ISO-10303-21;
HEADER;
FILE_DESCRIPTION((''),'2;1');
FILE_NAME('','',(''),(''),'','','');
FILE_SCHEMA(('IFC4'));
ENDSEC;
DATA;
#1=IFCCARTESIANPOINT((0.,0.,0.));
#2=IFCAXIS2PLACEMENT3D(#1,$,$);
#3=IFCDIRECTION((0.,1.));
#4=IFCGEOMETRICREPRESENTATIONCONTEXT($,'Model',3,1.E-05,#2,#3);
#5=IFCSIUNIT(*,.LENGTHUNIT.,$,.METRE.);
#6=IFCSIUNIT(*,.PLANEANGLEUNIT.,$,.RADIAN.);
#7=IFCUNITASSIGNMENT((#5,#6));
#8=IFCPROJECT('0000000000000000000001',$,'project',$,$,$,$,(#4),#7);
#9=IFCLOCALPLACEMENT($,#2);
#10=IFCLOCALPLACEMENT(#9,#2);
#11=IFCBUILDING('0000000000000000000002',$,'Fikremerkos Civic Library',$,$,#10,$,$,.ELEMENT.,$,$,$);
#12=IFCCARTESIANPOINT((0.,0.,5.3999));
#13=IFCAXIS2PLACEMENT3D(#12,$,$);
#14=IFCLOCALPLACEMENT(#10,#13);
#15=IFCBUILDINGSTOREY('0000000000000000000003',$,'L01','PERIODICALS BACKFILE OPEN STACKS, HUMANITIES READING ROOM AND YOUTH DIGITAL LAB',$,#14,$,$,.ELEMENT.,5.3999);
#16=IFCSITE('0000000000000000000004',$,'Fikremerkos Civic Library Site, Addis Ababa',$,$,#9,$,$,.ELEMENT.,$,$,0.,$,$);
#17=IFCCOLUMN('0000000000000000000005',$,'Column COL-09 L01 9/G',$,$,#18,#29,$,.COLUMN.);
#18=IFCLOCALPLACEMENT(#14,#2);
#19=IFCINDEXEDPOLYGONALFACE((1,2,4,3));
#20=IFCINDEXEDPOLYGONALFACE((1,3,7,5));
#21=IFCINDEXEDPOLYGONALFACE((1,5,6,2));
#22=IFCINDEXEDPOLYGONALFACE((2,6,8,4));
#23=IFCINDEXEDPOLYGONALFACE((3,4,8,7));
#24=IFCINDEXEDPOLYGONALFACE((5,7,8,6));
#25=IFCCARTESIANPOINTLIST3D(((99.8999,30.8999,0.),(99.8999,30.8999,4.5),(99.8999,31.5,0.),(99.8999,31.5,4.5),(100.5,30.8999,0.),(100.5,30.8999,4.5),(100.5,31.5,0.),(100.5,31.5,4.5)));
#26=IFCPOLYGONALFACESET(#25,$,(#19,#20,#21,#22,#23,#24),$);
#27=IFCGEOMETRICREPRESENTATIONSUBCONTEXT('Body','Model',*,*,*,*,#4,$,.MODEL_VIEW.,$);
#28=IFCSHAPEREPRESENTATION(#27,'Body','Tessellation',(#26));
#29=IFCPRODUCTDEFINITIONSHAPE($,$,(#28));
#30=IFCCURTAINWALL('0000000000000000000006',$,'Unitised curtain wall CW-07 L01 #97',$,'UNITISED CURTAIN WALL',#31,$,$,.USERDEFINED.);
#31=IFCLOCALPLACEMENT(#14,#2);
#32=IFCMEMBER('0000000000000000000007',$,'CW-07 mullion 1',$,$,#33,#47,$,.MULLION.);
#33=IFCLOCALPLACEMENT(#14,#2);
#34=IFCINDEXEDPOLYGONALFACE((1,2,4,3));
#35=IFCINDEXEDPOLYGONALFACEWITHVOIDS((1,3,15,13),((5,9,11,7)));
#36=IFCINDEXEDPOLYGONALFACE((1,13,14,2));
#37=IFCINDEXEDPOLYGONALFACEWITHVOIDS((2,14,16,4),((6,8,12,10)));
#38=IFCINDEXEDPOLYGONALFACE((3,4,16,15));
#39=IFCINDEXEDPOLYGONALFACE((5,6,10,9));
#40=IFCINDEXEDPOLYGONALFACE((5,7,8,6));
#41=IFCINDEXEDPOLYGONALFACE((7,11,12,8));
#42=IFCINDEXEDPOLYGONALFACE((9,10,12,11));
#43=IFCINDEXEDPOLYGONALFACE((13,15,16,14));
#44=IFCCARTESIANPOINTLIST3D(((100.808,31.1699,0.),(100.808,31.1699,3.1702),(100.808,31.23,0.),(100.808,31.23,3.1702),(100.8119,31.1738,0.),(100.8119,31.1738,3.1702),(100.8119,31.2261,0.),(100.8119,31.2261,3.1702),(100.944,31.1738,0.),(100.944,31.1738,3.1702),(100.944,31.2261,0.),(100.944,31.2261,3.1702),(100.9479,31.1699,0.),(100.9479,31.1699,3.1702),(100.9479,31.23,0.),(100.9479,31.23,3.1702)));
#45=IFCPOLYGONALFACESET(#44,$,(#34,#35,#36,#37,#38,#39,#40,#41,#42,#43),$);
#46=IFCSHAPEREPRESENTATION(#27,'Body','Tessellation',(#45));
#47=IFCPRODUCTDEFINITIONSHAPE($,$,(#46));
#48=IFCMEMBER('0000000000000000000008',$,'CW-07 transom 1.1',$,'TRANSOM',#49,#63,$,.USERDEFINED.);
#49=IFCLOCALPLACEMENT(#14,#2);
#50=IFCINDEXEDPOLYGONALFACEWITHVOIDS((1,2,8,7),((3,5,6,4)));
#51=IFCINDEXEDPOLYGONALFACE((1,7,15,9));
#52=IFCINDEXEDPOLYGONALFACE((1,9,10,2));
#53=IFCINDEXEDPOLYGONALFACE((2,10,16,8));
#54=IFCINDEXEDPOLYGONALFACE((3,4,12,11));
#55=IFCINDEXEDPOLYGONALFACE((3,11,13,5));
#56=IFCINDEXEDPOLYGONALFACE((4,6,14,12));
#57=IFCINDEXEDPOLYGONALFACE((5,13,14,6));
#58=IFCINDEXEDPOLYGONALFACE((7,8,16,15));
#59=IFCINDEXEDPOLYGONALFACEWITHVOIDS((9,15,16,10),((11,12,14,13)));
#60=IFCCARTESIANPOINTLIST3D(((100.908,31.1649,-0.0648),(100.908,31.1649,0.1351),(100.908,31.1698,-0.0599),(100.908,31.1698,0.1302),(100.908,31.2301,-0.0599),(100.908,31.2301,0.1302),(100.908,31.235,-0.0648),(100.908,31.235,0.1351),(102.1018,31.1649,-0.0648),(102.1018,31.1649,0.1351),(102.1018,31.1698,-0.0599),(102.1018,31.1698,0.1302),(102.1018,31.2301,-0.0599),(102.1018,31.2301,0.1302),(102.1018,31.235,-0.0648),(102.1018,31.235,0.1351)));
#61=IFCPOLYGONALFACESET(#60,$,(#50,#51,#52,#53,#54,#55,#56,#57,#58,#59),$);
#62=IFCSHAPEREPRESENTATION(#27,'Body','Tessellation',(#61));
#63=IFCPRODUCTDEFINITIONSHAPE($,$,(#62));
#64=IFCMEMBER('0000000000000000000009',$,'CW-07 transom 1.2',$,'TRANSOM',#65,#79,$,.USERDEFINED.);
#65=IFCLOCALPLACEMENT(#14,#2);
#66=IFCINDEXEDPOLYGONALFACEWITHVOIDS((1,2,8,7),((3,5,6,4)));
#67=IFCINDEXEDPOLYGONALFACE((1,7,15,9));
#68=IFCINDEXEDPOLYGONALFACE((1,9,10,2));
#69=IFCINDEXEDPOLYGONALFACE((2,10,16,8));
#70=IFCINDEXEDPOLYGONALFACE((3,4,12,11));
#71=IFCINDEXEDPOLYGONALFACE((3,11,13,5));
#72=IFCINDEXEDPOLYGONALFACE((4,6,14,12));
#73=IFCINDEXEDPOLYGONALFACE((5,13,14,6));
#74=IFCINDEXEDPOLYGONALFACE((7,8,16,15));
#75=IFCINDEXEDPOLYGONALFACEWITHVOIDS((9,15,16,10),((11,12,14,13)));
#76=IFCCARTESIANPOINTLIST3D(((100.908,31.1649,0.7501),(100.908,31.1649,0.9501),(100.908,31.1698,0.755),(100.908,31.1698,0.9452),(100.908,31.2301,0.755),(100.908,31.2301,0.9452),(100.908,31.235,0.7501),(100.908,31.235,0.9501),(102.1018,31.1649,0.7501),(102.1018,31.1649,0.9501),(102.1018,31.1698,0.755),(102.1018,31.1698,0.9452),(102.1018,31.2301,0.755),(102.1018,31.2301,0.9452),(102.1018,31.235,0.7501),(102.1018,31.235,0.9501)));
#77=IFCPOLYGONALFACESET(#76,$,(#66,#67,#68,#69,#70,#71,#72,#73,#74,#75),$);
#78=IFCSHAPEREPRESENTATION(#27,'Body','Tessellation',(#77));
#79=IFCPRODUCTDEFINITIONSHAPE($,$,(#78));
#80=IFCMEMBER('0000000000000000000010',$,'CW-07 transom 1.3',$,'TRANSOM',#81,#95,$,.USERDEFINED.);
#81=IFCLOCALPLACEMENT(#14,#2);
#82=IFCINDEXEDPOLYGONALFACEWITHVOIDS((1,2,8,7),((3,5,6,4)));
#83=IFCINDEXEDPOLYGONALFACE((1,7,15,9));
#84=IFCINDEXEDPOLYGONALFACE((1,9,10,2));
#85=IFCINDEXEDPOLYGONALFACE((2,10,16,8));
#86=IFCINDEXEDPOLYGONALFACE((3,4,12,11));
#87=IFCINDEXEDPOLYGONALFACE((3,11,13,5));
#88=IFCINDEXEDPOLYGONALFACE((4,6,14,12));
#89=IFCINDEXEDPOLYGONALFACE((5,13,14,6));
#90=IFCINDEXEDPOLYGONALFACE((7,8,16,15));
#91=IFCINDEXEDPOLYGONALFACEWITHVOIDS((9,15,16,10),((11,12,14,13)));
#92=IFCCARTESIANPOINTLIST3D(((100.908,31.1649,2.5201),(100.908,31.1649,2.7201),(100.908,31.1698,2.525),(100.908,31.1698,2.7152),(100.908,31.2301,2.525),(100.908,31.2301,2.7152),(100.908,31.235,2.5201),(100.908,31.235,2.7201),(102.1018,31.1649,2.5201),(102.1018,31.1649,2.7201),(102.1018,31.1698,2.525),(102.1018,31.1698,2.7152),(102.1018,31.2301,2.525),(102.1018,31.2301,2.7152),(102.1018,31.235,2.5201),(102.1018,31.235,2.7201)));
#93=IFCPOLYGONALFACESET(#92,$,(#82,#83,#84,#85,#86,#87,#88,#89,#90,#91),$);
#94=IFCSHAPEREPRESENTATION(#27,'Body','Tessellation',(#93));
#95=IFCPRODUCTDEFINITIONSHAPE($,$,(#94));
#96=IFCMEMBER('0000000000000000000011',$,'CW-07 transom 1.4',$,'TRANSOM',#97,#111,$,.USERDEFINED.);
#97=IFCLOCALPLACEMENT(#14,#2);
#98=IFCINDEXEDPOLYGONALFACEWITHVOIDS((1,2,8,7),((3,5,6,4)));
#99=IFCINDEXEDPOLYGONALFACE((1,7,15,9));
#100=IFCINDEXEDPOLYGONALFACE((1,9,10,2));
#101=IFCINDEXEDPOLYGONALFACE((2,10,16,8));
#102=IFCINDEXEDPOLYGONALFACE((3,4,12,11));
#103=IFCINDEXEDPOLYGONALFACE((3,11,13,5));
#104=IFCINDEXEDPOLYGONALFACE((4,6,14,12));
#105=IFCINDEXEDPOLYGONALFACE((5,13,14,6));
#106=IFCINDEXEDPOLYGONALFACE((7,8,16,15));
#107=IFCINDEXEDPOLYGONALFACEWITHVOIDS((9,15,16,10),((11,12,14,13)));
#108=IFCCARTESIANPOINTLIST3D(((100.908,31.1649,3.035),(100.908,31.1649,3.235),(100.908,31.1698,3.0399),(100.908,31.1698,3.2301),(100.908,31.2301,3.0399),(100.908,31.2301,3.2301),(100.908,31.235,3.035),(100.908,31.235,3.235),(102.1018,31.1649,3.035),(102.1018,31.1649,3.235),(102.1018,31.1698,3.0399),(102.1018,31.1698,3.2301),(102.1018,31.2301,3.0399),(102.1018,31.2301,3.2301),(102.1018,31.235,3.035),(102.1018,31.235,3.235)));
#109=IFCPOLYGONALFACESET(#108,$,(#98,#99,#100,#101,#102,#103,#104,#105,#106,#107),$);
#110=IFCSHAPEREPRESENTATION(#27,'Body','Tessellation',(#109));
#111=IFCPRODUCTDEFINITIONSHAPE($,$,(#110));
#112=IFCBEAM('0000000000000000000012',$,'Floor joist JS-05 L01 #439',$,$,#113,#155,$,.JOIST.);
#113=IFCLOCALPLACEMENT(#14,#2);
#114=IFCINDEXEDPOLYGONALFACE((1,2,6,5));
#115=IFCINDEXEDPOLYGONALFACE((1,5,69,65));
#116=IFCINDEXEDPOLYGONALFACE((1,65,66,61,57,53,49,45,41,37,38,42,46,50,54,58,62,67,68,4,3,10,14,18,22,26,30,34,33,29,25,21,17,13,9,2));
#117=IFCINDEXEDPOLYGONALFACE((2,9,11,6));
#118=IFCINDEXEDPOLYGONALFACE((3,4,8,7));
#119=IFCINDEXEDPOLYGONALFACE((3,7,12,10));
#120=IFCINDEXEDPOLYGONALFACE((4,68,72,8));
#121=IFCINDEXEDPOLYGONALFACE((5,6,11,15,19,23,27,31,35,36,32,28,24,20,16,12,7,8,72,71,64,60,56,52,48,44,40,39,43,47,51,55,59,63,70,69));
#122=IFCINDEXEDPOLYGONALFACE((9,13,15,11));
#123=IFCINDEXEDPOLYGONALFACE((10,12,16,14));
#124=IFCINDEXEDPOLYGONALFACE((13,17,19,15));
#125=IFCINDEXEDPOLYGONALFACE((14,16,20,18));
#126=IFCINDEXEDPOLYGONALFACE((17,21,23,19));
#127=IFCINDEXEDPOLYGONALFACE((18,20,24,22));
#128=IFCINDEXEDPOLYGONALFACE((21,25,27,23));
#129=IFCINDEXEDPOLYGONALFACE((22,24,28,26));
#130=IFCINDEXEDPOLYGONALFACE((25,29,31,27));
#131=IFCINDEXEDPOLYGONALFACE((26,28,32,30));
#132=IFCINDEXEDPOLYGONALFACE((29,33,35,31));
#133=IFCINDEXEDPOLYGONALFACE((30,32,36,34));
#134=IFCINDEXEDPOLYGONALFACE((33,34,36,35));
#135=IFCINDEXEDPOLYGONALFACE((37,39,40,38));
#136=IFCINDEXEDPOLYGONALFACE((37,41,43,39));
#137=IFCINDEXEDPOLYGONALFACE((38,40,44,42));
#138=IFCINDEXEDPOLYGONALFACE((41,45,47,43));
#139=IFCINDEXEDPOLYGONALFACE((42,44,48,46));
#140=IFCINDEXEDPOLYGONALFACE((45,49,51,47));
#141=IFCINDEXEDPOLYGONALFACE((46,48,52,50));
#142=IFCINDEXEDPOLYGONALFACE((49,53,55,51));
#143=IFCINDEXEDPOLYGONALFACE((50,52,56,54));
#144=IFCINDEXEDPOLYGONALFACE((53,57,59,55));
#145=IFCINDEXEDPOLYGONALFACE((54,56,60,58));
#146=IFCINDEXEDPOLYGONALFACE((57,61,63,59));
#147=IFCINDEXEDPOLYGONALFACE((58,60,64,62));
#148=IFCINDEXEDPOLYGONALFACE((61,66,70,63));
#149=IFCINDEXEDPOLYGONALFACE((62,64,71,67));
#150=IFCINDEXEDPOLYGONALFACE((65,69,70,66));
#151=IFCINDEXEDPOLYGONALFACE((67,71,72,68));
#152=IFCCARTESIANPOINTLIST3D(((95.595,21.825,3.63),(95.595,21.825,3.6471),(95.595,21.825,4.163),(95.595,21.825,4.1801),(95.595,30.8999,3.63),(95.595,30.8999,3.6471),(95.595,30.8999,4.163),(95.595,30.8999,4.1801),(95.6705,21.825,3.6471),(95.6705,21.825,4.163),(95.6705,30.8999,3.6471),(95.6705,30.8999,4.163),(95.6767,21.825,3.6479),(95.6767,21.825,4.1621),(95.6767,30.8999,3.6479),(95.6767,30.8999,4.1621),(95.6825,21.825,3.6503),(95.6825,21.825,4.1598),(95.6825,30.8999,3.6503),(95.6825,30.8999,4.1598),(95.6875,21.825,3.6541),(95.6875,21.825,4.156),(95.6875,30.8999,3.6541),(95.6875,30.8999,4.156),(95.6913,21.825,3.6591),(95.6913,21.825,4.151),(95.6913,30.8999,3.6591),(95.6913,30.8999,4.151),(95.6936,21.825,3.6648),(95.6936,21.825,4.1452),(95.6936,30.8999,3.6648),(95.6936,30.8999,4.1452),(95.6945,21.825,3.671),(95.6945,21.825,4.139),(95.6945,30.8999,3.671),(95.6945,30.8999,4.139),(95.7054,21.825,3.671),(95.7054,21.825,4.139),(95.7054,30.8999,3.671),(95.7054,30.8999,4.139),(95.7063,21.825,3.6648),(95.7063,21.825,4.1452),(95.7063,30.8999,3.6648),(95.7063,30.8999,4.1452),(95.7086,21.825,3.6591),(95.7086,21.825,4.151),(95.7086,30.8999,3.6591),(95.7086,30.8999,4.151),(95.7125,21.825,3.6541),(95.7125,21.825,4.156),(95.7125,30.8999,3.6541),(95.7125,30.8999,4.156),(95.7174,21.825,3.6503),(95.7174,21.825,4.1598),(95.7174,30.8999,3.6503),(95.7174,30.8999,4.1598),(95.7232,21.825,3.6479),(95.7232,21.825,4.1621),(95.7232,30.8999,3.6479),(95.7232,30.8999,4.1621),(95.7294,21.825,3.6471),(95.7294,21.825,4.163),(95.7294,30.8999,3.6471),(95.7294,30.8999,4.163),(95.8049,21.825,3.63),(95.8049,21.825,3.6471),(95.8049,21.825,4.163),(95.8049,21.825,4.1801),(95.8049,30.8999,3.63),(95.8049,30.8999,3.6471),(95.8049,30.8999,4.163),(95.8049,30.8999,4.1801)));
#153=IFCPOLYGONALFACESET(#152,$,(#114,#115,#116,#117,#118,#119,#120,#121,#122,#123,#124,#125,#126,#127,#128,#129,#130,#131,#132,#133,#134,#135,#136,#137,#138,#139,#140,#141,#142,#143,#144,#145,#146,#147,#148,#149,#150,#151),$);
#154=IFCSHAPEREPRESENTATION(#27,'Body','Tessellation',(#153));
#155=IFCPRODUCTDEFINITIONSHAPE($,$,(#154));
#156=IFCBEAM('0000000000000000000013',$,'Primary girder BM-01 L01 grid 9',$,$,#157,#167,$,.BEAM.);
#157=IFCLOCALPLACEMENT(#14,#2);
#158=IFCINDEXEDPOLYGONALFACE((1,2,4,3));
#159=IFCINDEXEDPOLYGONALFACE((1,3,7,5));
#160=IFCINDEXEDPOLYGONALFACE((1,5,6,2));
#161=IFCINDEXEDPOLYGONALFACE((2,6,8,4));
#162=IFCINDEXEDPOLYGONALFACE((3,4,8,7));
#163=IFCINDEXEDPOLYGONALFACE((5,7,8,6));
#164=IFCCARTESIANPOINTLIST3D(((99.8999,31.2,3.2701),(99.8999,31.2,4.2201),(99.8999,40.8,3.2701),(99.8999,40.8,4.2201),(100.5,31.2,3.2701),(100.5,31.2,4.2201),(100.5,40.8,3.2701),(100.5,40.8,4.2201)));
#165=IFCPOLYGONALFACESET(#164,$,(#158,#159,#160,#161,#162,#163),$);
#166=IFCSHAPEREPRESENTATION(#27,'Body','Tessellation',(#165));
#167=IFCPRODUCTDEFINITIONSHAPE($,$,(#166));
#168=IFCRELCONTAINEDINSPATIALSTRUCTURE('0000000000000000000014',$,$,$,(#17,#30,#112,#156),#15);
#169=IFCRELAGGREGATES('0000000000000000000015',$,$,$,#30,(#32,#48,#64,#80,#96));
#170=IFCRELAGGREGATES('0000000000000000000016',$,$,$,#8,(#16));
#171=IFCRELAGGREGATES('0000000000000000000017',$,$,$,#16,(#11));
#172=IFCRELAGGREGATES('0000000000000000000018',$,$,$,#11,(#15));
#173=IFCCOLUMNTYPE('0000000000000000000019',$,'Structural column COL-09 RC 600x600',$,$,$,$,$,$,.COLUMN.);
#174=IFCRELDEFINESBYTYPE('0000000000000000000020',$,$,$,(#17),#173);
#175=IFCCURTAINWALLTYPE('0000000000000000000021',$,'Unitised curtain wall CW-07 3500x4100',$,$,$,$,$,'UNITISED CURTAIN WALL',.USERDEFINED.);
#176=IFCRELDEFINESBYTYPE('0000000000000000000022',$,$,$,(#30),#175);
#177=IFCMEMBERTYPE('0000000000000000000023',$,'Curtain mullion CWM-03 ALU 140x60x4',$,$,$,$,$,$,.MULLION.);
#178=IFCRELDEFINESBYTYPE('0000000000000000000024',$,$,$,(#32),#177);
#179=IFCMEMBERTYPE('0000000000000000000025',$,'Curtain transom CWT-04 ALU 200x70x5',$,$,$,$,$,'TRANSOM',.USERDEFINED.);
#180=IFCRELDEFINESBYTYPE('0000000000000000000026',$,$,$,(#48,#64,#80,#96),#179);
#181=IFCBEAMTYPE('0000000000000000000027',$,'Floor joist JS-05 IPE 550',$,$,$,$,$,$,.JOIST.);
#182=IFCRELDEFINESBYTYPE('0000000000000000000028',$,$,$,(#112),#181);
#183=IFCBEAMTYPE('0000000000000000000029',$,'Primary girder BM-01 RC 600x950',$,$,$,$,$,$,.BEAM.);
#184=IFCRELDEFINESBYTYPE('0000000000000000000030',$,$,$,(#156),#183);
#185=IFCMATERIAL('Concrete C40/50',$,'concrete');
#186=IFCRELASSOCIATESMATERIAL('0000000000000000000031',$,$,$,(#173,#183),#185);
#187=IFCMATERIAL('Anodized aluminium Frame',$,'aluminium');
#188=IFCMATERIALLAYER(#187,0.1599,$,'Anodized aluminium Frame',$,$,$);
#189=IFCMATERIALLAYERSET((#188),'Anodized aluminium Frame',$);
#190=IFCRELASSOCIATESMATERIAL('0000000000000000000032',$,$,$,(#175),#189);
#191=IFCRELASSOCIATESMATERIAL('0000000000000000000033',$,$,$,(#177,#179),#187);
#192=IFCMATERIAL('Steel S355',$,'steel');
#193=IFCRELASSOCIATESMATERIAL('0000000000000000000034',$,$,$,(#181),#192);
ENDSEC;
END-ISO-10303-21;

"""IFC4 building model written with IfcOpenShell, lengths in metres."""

from ifc_helpers import new_model, si_unit, direction, frame, origin, origin_2d, place, context, subcontext, project, spatial, rectangle, hollow_rectangle, i_section, extrude, material, layer, layer_set, material_profile, profile_set, type_object, element, aggregate, save


model = new_model("IFC4")

# Units and contexts
model_context = context("Model", 3, precision=1e-05, world=origin(), true_north=direction((0.0, 1.0)))
body_context = subcontext(model_context, "Body", "Model", "MODEL_VIEW")
ifc_project = project(units=[si_unit("LENGTHUNIT", "METRE"), si_unit("PLANEANGLEUNIT", "RADIAN")], contexts=[model_context])

# Site, building, storey
site_placement = place(None, origin())
site = spatial("IfcSite", under=ifc_project, at=site_placement, Name="Fikremerkos Civic Library Site, Addis Ababa", CompositionType="ELEMENT", RefElevation=0.0)
building_placement = place(site_placement, origin())
building = spatial("IfcBuilding", under=site, at=building_placement, Name="Fikremerkos Civic Library", CompositionType="ELEMENT")
storey_placement = place(building_placement, frame((0.0, 0.0, 5.3999)))
storey = spatial("IfcBuildingStorey", under=building, at=storey_placement, Name="L01", Description="PERIODICALS BACKFILE OPEN STACKS, HUMANITIES READING ROOM AND YOUTH DIGITAL LAB", CompositionType="ELEMENT", Elevation=5.3999)

# Column
ifc_material_1 = material(Name="Concrete C40/50", Category="concrete")
ifc_material_profile_1 = material_profile(ifc_material_1, rectangle(XDim=0.6001, YDim=0.6001, at=origin_2d()), Name="RC 600x600")
ifc_profile_set_1 = profile_set([ifc_material_profile_1], Name="Concrete C40/50")
column_type = type_object("IfcColumnType", Name="Structural column COL-09 RC 600x600", PredefinedType="COLUMN", material=ifc_profile_set_1)
column_placement = place(storey_placement, frame((100.2, 31.2, 0.0), z_axis=(0.0, 0.0, 1.0), x_axis=(1.0, 0.0, 0.0)))
element("IfcColumn", 1, at=column_placement, inside=storey, type_object=column_type, Name="Column COL-09 L01 9/G", PredefinedType="COLUMN", context=body_context, shape_type="SweptSolid", body=[
    extrude(rectangle(XDim=0.6001, YDim=0.6001, at=origin_2d()), origin(), (0.0, 0.0, 1.0), 4.5),
])

# Curtain wall, members
ifc_material_2 = material(Name="Anodized aluminium Frame", Category="aluminium")
ifc_layer_1 = layer(ifc_material_2, 0.1599, Name="Anodized aluminium Frame")
ifc_layer_set_1 = layer_set([ifc_layer_1], Name="Anodized aluminium Frame")
curtain_wall_type = type_object("IfcCurtainWallType", Name="Unitised curtain wall CW-07 3500x4100", ElementType="UNITISED CURTAIN WALL", PredefinedType="USERDEFINED", material=ifc_layer_set_1)
curtain_wall_placement = place(storey_placement, origin())
curtain_wall = element("IfcCurtainWall", 2, at=curtain_wall_placement, inside=storey, type_object=curtain_wall_type, Name="Unitised curtain wall CW-07 L01 #97", ObjectType="UNITISED CURTAIN WALL", PredefinedType="USERDEFINED")
ifc_material_profile_2 = material_profile(ifc_material_2, hollow_rectangle(XDim=0.0601, YDim=0.1399, WallThickness=0.0039, at=origin_2d()), Name="ALU 140x60x4")
ifc_profile_set_2 = profile_set([ifc_material_profile_2], Name="Anodized aluminium Frame")
member_type_1 = type_object("IfcMemberType", Name="Curtain mullion CWM-03 ALU 140x60x4", PredefinedType="MULLION", material=ifc_profile_set_2)
member_1_placement = place(storey_placement, frame((100.8779, 31.2, 0.0), z_axis=(0.0, 0.0, 1.0), x_axis=(0.0, 1.0, 0.0)))
member_1 = element("IfcMember", 3, at=member_1_placement, type_object=member_type_1, Name="CW-07 mullion 1", PredefinedType="MULLION", context=body_context, shape_type="SweptSolid", body=[
    extrude(hollow_rectangle(XDim=0.0601, YDim=0.1399, WallThickness=0.0039, at=origin_2d()), origin(), (0.0, 0.0, 1.0), 3.1702),
])
ifc_material_profile_3 = material_profile(ifc_material_2, hollow_rectangle(XDim=0.0701, YDim=0.2, WallThickness=0.0049, at=origin_2d()), Name="ALU 200x70x5")
ifc_profile_set_3 = profile_set([ifc_material_profile_3], Name="Anodized aluminium Frame")
member_type_2 = type_object("IfcMemberType", Name="Curtain transom CWT-04 ALU 200x70x5", ElementType="TRANSOM", PredefinedType="USERDEFINED", material=ifc_profile_set_3)
member_2_placement = place(storey_placement, frame((100.908, 31.2, 0.0352), z_axis=(1.0, 0.0, 0.0), x_axis=(0.0, 1.0, 0.0)))
member_2 = element("IfcMember", 4, at=member_2_placement, type_object=member_type_2, Name="CW-07 transom 1.1", ObjectType="TRANSOM", PredefinedType="USERDEFINED", context=body_context, shape_type="SweptSolid", body=[
    extrude(hollow_rectangle(XDim=0.0701, YDim=0.2, WallThickness=0.0049, at=origin_2d()), origin(), (0.0, 0.0, 1.0), 1.1938),
])
member_3_placement = place(storey_placement, frame((100.908, 31.2, 0.8501), z_axis=(1.0, 0.0, 0.0), x_axis=(0.0, 1.0, 0.0)))
member_3 = element("IfcMember", 5, at=member_3_placement, type_object=member_type_2, Name="CW-07 transom 1.2", ObjectType="TRANSOM", PredefinedType="USERDEFINED", context=body_context, shape_type="SweptSolid", body=[
    extrude(hollow_rectangle(XDim=0.0701, YDim=0.2, WallThickness=0.0049, at=origin_2d()), origin(), (0.0, 0.0, 1.0), 1.1938),
])
member_4_placement = place(storey_placement, frame((100.908, 31.2, 2.6201), z_axis=(1.0, 0.0, 0.0), x_axis=(0.0, 1.0, 0.0)))
member_4 = element("IfcMember", 6, at=member_4_placement, type_object=member_type_2, Name="CW-07 transom 1.3", ObjectType="TRANSOM", PredefinedType="USERDEFINED", context=body_context, shape_type="SweptSolid", body=[
    extrude(hollow_rectangle(XDim=0.0701, YDim=0.2, WallThickness=0.0049, at=origin_2d()), origin(), (0.0, 0.0, 1.0), 1.1938),
])
member_5_placement = place(storey_placement, frame((100.908, 31.2, 3.135), z_axis=(1.0, 0.0, 0.0), x_axis=(0.0, 1.0, 0.0)))
member_5 = element("IfcMember", 7, at=member_5_placement, type_object=member_type_2, Name="CW-07 transom 1.4", ObjectType="TRANSOM", PredefinedType="USERDEFINED", context=body_context, shape_type="SweptSolid", body=[
    extrude(hollow_rectangle(XDim=0.0701, YDim=0.2, WallThickness=0.0049, at=origin_2d()), origin(), (0.0, 0.0, 1.0), 1.1938),
])
aggregate(curtain_wall, [member_1, member_2, member_3, member_4, member_5])

# Beams
ifc_material_3 = material(Name="Steel S355", Category="steel")
ifc_material_profile_4 = material_profile(ifc_material_3, i_section(OverallWidth=0.21, OverallDepth=0.55, WebThickness=0.011, FlangeThickness=0.0171, FilletRadius=0.0239, at=origin_2d()), Name="IPE 550")
ifc_profile_set_4 = profile_set([ifc_material_profile_4], Name="Steel S355")
beam_type_1 = type_object("IfcBeamType", Name="Floor joist JS-05 IPE 550", PredefinedType="JOIST", material=ifc_profile_set_4)
beam_1_placement = place(storey_placement, frame((95.7, 21.825, 3.905), z_axis=(0.0, 1.0, 0.0), x_axis=(-1.0, 0.0, 0.0)))
element("IfcBeam", 8, at=beam_1_placement, inside=storey, type_object=beam_type_1, Name="Floor joist JS-05 L01 #439", PredefinedType="JOIST", context=body_context, shape_type="SweptSolid", body=[
    extrude(i_section(OverallWidth=0.21, OverallDepth=0.55, WebThickness=0.011, FlangeThickness=0.0171, FilletRadius=0.0239, at=origin_2d()), origin(), (0.0, 0.0, 1.0), 9.075),
])
ifc_material_profile_5 = material_profile(ifc_material_1, rectangle(XDim=0.6001, YDim=0.95, at=origin_2d()), Name="RC 600x950")
ifc_profile_set_5 = profile_set([ifc_material_profile_5], Name="Concrete C40/50")
beam_type_2 = type_object("IfcBeamType", Name="Primary girder BM-01 RC 600x950", PredefinedType="BEAM", material=ifc_profile_set_5)
beam_2_placement = place(storey_placement, frame((100.2, 31.2, 3.7451), z_axis=(0.0, 1.0, 0.0), x_axis=(-1.0, 0.0, 0.0)))
element("IfcBeam", 9, at=beam_2_placement, inside=storey, type_object=beam_type_2, Name="Primary girder BM-01 L01 grid 9", PredefinedType="BEAM", context=body_context, shape_type="SweptSolid", body=[
    extrude(rectangle(XDim=0.6001, YDim=0.95, at=origin_2d()), origin(), (0.0, 0.0, 1.0), 9.6001),
])

save(model, "model.ifc")
